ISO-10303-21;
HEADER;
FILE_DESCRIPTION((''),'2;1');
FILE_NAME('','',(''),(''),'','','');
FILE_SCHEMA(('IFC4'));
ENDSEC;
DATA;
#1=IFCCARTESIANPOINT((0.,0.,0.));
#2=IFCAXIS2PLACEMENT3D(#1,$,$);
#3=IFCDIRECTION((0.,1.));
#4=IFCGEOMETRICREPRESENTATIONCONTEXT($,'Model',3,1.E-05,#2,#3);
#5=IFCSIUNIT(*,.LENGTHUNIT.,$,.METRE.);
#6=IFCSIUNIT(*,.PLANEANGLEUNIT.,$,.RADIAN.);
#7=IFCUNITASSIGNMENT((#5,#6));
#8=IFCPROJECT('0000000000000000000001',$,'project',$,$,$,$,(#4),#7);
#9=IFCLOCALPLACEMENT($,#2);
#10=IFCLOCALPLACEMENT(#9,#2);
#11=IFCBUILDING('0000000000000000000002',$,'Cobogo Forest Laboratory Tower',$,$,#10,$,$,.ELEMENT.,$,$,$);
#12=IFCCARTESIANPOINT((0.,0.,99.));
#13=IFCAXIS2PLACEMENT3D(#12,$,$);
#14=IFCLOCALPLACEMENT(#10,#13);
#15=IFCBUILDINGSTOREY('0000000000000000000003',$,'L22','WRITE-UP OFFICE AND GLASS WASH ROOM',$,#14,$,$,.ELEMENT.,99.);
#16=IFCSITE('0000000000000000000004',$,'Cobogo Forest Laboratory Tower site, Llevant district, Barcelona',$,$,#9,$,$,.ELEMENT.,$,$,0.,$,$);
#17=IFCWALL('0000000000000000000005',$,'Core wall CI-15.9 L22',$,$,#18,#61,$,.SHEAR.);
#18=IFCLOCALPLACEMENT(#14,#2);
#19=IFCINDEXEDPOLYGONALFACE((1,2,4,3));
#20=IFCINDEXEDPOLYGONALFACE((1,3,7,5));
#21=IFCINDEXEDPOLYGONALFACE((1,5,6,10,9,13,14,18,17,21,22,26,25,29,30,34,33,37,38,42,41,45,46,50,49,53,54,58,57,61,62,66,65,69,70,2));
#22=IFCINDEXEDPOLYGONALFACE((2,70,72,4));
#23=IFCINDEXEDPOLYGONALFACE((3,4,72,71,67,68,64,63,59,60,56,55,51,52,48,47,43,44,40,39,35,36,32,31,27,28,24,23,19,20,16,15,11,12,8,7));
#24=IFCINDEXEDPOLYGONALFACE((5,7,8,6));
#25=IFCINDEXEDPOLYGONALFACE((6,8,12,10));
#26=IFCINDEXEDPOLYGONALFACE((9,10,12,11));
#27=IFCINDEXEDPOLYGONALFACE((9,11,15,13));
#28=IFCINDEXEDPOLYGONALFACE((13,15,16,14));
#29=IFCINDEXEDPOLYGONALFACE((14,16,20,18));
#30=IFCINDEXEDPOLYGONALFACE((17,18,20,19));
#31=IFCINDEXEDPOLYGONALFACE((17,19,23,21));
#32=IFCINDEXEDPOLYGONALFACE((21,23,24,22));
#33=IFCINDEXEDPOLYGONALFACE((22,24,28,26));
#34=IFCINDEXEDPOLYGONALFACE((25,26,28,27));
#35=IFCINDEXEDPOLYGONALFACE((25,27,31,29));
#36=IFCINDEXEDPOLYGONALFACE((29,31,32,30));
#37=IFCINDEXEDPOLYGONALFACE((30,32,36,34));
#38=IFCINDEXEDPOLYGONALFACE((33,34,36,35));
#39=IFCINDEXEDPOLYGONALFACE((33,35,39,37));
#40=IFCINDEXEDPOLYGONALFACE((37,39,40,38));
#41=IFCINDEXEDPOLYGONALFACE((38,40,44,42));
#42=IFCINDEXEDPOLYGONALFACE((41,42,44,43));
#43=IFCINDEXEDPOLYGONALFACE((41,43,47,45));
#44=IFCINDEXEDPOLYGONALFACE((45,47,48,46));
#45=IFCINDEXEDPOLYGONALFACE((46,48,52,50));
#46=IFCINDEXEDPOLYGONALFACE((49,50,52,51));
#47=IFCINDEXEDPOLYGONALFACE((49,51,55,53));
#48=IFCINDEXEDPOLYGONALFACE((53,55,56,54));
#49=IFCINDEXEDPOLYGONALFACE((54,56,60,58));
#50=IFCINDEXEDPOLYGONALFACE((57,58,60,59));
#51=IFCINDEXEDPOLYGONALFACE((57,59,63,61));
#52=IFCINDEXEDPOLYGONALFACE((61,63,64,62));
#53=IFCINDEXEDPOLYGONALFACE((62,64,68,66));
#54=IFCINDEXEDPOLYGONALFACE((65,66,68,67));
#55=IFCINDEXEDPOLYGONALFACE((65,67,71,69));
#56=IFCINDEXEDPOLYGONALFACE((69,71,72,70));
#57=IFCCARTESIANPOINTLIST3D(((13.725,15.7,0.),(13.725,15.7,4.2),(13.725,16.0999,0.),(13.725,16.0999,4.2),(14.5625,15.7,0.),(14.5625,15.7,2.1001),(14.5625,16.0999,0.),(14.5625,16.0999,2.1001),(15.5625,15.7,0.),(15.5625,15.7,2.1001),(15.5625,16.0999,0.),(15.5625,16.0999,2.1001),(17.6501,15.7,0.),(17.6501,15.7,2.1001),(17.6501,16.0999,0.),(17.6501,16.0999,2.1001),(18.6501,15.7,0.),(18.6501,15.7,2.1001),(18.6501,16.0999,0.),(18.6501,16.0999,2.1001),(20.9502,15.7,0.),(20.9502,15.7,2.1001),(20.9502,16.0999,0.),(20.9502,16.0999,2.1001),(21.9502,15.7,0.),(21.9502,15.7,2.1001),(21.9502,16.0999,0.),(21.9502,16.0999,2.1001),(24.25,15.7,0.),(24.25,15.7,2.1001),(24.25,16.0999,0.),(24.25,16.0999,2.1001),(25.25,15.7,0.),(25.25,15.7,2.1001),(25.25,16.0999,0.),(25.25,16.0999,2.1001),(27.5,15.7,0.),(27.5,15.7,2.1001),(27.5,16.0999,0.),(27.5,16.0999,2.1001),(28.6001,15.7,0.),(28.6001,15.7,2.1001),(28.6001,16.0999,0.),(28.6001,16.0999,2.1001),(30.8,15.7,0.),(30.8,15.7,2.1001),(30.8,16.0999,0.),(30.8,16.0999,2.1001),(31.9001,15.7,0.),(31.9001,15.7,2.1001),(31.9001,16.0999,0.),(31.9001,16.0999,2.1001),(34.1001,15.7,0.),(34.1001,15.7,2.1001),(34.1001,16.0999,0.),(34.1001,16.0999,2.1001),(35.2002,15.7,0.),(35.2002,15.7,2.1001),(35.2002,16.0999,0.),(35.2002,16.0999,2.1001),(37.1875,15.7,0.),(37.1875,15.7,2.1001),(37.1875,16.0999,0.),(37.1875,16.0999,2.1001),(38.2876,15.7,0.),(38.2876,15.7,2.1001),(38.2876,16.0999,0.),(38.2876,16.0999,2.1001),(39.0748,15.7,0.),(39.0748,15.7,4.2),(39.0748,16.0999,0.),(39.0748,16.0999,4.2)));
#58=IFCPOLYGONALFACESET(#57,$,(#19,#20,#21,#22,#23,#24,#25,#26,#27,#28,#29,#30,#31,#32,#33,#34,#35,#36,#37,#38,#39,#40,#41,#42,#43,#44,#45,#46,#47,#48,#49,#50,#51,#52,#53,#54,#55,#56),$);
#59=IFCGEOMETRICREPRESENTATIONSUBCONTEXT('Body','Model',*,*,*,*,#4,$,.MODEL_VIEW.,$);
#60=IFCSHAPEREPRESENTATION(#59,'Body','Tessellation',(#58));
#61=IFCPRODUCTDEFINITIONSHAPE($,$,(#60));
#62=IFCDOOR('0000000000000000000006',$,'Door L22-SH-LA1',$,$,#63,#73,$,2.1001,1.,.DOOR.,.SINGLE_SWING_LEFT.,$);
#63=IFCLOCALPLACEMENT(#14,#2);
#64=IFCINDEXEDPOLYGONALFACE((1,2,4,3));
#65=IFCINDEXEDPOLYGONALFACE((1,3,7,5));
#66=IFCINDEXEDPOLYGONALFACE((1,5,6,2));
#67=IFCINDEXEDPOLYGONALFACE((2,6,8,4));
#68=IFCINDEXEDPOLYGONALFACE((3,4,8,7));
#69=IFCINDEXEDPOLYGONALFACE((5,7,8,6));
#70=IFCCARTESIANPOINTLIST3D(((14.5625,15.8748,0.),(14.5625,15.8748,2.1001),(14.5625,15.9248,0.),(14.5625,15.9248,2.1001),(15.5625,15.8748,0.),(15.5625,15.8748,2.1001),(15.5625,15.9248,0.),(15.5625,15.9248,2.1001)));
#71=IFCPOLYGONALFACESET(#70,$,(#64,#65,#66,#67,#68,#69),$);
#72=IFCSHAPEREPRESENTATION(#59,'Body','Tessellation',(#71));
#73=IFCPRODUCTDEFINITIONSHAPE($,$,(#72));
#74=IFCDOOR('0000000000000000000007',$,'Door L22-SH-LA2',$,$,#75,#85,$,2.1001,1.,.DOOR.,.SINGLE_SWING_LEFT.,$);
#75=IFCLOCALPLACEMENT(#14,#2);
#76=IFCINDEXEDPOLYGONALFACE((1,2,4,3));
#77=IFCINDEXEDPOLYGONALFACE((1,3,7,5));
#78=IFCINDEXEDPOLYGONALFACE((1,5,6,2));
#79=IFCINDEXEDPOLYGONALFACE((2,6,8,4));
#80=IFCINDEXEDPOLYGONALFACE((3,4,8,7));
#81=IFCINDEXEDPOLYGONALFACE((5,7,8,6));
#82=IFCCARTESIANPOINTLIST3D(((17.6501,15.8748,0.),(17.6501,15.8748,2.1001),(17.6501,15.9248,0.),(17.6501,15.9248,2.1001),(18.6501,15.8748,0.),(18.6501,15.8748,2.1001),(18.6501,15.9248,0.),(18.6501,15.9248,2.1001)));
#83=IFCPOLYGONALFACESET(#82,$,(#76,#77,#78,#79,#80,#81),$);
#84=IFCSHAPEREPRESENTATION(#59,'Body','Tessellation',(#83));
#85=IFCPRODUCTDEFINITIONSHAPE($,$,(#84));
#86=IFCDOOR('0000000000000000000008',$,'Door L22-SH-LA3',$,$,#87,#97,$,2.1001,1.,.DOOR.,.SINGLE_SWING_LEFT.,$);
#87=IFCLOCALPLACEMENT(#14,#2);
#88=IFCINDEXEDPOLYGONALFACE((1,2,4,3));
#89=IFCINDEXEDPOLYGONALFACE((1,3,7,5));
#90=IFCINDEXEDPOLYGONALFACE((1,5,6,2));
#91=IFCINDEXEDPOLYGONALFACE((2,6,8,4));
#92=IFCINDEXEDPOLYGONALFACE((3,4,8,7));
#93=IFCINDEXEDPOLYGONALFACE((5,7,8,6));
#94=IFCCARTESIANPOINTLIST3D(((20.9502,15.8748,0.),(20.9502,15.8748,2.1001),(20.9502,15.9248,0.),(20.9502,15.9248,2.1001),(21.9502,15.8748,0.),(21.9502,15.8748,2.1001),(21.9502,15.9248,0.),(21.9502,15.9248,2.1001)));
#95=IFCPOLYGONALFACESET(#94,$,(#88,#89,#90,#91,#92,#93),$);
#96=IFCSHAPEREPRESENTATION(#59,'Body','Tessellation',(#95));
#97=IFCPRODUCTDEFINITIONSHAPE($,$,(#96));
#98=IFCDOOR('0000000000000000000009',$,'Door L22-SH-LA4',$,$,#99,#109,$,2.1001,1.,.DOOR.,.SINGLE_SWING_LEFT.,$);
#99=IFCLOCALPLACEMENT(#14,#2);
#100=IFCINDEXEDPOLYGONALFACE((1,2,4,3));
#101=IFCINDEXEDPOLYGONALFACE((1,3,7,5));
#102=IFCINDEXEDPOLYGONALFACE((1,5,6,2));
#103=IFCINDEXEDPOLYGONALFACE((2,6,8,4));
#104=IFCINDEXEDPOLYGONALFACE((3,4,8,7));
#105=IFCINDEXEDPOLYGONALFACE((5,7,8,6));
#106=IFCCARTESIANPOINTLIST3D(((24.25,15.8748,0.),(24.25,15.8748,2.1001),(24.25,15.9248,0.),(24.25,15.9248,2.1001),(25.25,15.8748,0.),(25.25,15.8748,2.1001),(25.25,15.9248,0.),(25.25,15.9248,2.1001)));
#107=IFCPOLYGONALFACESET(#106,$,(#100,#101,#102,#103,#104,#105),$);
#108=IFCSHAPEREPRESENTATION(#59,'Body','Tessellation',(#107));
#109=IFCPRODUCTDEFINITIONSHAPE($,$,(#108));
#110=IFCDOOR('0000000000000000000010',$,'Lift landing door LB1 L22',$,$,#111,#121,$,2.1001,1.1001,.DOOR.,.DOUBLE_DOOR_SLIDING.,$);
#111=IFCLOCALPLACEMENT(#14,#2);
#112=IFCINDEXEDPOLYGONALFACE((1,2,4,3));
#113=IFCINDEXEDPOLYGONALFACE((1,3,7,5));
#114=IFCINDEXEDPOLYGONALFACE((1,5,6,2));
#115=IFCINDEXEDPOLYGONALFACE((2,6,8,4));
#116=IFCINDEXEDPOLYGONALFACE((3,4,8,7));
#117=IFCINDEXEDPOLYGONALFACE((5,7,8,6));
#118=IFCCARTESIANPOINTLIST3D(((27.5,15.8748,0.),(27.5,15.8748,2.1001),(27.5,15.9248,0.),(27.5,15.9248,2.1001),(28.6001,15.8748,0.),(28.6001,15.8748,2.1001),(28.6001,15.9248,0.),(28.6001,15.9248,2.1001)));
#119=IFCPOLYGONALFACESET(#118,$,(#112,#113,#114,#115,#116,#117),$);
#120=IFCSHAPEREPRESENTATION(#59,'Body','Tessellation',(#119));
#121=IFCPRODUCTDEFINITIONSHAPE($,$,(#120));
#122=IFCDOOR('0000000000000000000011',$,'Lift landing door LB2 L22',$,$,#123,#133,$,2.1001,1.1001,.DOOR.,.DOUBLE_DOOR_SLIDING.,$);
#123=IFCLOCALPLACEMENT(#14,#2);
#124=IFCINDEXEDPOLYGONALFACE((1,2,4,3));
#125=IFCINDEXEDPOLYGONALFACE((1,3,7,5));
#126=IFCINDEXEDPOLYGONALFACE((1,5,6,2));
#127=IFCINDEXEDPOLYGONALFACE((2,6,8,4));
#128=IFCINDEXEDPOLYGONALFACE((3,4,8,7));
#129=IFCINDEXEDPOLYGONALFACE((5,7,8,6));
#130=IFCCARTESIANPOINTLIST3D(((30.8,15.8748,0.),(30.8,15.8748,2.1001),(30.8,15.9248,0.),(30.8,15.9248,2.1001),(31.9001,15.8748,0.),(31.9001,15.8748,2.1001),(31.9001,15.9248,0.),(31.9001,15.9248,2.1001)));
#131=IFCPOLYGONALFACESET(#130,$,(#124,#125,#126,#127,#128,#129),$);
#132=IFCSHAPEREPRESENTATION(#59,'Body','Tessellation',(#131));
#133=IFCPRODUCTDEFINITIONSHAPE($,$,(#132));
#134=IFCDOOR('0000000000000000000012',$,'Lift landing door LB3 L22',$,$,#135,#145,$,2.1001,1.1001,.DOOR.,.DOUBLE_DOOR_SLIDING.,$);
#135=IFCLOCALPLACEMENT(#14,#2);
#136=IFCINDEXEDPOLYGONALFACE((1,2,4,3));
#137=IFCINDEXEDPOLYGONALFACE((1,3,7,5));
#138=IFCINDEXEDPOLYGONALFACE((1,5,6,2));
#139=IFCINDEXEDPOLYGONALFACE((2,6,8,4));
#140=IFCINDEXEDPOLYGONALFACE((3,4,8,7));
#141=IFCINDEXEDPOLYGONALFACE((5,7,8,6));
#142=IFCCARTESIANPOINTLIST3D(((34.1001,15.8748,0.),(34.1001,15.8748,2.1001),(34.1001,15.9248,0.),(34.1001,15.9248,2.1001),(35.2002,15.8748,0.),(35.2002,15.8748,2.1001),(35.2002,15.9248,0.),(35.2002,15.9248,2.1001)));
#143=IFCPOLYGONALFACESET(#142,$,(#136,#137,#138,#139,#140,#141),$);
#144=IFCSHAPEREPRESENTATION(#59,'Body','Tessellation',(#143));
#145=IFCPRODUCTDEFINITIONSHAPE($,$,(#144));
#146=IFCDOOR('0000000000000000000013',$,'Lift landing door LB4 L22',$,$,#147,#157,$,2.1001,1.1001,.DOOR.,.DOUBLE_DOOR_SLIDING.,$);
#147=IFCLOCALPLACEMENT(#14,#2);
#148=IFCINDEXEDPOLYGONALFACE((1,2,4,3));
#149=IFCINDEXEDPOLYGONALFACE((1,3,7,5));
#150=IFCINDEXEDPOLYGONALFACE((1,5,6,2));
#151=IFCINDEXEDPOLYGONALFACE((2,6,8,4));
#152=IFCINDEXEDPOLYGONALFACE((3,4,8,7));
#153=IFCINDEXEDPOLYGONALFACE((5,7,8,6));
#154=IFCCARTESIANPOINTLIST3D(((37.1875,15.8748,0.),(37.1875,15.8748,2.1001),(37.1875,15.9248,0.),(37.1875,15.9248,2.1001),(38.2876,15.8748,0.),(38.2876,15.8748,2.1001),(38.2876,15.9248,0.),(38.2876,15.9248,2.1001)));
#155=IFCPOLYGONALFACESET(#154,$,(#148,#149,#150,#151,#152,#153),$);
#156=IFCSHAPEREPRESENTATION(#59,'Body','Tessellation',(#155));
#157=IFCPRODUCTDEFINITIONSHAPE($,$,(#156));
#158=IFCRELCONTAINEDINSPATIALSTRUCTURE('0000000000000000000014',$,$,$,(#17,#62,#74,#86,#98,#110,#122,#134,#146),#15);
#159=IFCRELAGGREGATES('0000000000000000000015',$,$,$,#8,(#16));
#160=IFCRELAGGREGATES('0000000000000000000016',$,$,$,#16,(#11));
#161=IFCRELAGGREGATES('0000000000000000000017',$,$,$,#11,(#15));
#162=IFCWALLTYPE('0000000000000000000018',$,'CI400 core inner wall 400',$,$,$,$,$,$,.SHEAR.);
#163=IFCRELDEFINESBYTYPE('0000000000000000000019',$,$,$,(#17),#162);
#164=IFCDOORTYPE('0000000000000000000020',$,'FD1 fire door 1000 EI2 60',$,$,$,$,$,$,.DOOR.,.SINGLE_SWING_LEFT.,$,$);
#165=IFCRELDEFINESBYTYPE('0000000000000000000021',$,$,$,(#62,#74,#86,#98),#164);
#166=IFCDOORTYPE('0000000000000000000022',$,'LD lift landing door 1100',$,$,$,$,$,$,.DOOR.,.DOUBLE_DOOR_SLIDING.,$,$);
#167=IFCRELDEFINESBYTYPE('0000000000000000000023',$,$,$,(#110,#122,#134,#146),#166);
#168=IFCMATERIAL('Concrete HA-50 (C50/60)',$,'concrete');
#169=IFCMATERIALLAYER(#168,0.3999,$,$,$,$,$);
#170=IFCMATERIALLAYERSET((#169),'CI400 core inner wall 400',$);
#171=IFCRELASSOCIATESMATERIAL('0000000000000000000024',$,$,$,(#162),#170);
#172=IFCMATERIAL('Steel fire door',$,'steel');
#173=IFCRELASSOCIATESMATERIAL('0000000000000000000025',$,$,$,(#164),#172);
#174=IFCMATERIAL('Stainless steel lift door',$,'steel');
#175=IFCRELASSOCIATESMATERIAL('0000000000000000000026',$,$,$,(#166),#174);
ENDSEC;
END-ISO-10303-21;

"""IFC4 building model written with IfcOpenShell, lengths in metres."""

from ifc_helpers import new_model, si_unit, direction, frame, frame_2d, origin, place, context, subcontext, project, spatial, rectangle, extrude, material, layer, layer_set, type_object, element, fill, save


model = new_model("IFC4")

# Units and contexts
model_context = context("Model", 3, precision=1e-05, world=origin(), true_north=direction((0.0, 1.0)))
body_context = subcontext(model_context, "Body", "Model", "MODEL_VIEW")
ifc_project = project(units=[si_unit("LENGTHUNIT", "METRE"), si_unit("PLANEANGLEUNIT", "RADIAN")], contexts=[model_context])

# Site, building, storey
site_placement = place(None, origin())
site = spatial("IfcSite", under=ifc_project, at=site_placement, Name="Cobogo Forest Laboratory Tower site, Llevant district, Barcelona", CompositionType="ELEMENT", RefElevation=0.0)
building_placement = place(site_placement, origin())
building = spatial("IfcBuilding", under=site, at=building_placement, Name="Cobogo Forest Laboratory Tower", CompositionType="ELEMENT")
storey_placement = place(building_placement, frame((0.0, 0.0, 99.0)))
storey = spatial("IfcBuildingStorey", under=building, at=storey_placement, Name="L22", Description="WRITE-UP OFFICE AND GLASS WASH ROOM", CompositionType="ELEMENT", Elevation=99.0)

# Wall, openings, doors
ifc_material_1 = material(Name="Concrete HA-50 (C50/60)", Category="concrete")
ifc_layer_1 = layer(ifc_material_1, 0.3999)
ifc_layer_set_1 = layer_set([ifc_layer_1], Name="CI400 core inner wall 400")
wall_type_1 = type_object("IfcWallType", Name="CI400 core inner wall 400", PredefinedType="SHEAR", material=ifc_layer_set_1)
wall_1_placement = place(storey_placement, frame((13.7251, 15.8999, 0.0), z_axis=(0.0, 0.0, 1.0), x_axis=(1.0, 0.0, 0.0)))
wall_1 = element("IfcWall", 1, at=wall_1_placement, inside=storey, type_object=wall_type_1, Name="Core wall CI-15.9 L22", PredefinedType="SHEAR", context=body_context, shape_type="SweptSolid", body=[
    extrude(rectangle(XDim=25.3499, YDim=0.3999, at=frame_2d((12.6748, 0.0))), origin(), (0.0, 0.0, 1.0), 4.2),
])
opening_1_placement = place(wall_1_placement, frame((0.8374, 0.0, 0.0)))
opening_1 = element("IfcOpeningElement", 2, at=opening_1_placement, cuts=wall_1, PredefinedType="OPENING", context=body_context, shape_type="SweptSolid", body=[
    extrude(rectangle(XDim=1.0, YDim=2.1001, at=frame_2d((0.5, 1.05))), frame((0.0, 0.21, 0.0), z_axis=(0.0, -1.0, 0.0), x_axis=(1.0, 0.0, 0.0)), (0.0, 0.0, 1.0), 0.4199),
])
opening_2_placement = place(wall_1_placement, frame((3.925, 0.0, 0.0)))
opening_2 = element("IfcOpeningElement", 3, at=opening_2_placement, cuts=wall_1, PredefinedType="OPENING", context=body_context, shape_type="SweptSolid", body=[
    extrude(rectangle(XDim=1.0, YDim=2.1001, at=frame_2d((0.5, 1.05))), frame((0.0, 0.21, 0.0), z_axis=(0.0, -1.0, 0.0), x_axis=(1.0, 0.0, 0.0)), (0.0, 0.0, 1.0), 0.4199),
])
opening_3_placement = place(wall_1_placement, frame((7.2251, 0.0, 0.0)))
opening_3 = element("IfcOpeningElement", 4, at=opening_3_placement, cuts=wall_1, PredefinedType="OPENING", context=body_context, shape_type="SweptSolid", body=[
    extrude(rectangle(XDim=1.0, YDim=2.1001, at=frame_2d((0.5, 1.05))), frame((0.0, 0.21, 0.0), z_axis=(0.0, -1.0, 0.0), x_axis=(1.0, 0.0, 0.0)), (0.0, 0.0, 1.0), 0.4199),
])
opening_4_placement = place(wall_1_placement, frame((10.5249, 0.0, 0.0)))
opening_4 = element("IfcOpeningElement", 5, at=opening_4_placement, cuts=wall_1, PredefinedType="OPENING", context=body_context, shape_type="SweptSolid", body=[
    extrude(rectangle(XDim=1.0, YDim=2.1001, at=frame_2d((0.5, 1.05))), frame((0.0, 0.21, 0.0), z_axis=(0.0, -1.0, 0.0), x_axis=(1.0, 0.0, 0.0)), (0.0, 0.0, 1.0), 0.4199),
])
opening_5_placement = place(wall_1_placement, frame((13.7749, 0.0, 0.0)))
opening_5 = element("IfcOpeningElement", 6, at=opening_5_placement, cuts=wall_1, PredefinedType="OPENING", context=body_context, shape_type="SweptSolid", body=[
    extrude(rectangle(XDim=1.1001, YDim=2.1001, at=frame_2d((0.55, 1.05))), frame((0.0, 0.21, 0.0), z_axis=(0.0, -1.0, 0.0), x_axis=(1.0, 0.0, 0.0)), (0.0, 0.0, 1.0), 0.4199),
])
opening_6_placement = place(wall_1_placement, frame((17.075, 0.0, 0.0)))
opening_6 = element("IfcOpeningElement", 7, at=opening_6_placement, cuts=wall_1, PredefinedType="OPENING", context=body_context, shape_type="SweptSolid", body=[
    extrude(rectangle(XDim=1.1001, YDim=2.1001, at=frame_2d((0.55, 1.05))), frame((0.0, 0.21, 0.0), z_axis=(0.0, -1.0, 0.0), x_axis=(1.0, 0.0, 0.0)), (0.0, 0.0, 1.0), 0.4199),
])
opening_7_placement = place(wall_1_placement, frame((20.375, 0.0, 0.0)))
opening_7 = element("IfcOpeningElement", 8, at=opening_7_placement, cuts=wall_1, PredefinedType="OPENING", context=body_context, shape_type="SweptSolid", body=[
    extrude(rectangle(XDim=1.1001, YDim=2.1001, at=frame_2d((0.55, 1.05))), frame((0.0, 0.21, 0.0), z_axis=(0.0, -1.0, 0.0), x_axis=(1.0, 0.0, 0.0)), (0.0, 0.0, 1.0), 0.4199),
])
opening_8_placement = place(wall_1_placement, frame((23.4624, 0.0, 0.0)))
opening_8 = element("IfcOpeningElement", 9, at=opening_8_placement, cuts=wall_1, PredefinedType="OPENING", context=body_context, shape_type="SweptSolid", body=[
    extrude(rectangle(XDim=1.1001, YDim=2.1001, at=frame_2d((0.55, 1.05))), frame((0.0, 0.21, 0.0), z_axis=(0.0, -1.0, 0.0), x_axis=(1.0, 0.0, 0.0)), (0.0, 0.0, 1.0), 0.4199),
])
ifc_material_2 = material(Name="Steel fire door", Category="steel")
door_type_1 = type_object("IfcDoorType", Name="FD1 fire door 1000 EI2 60", OperationType="SINGLE_SWING_LEFT", PredefinedType="DOOR", material=ifc_material_2)
door_1_placement = place(opening_1_placement, origin())
door_1 = element("IfcDoor", 10, at=door_1_placement, inside=storey, type_object=door_type_1, Name="Door L22-SH-LA1", OperationType="SINGLE_SWING_LEFT", OverallHeight=2.1001, OverallWidth=1.0, PredefinedType="DOOR", context=body_context, shape_type="SweptSolid", body=[
    extrude(rectangle(XDim=1.0, YDim=2.1001, at=frame_2d((0.5, 1.05))), frame((0.0, 0.0249, 0.0), z_axis=(0.0, -1.0, 0.0), x_axis=(1.0, 0.0, 0.0)), (0.0, 0.0, 1.0), 0.05),
])
fill(opening_1, door_1)
door_2_placement = place(opening_2_placement, origin())
door_2 = element("IfcDoor", 11, at=door_2_placement, inside=storey, type_object=door_type_1, Name="Door L22-SH-LA2", OperationType="SINGLE_SWING_LEFT", OverallHeight=2.1001, OverallWidth=1.0, PredefinedType="DOOR", context=body_context, shape_type="SweptSolid", body=[
    extrude(rectangle(XDim=1.0, YDim=2.1001, at=frame_2d((0.5, 1.05))), frame((0.0, 0.0249, 0.0), z_axis=(0.0, -1.0, 0.0), x_axis=(1.0, 0.0, 0.0)), (0.0, 0.0, 1.0), 0.05),
])
fill(opening_2, door_2)
door_3_placement = place(opening_3_placement, origin())
door_3 = element("IfcDoor", 12, at=door_3_placement, inside=storey, type_object=door_type_1, Name="Door L22-SH-LA3", OperationType="SINGLE_SWING_LEFT", OverallHeight=2.1001, OverallWidth=1.0, PredefinedType="DOOR", context=body_context, shape_type="SweptSolid", body=[
    extrude(rectangle(XDim=1.0, YDim=2.1001, at=frame_2d((0.5, 1.05))), frame((0.0, 0.0249, 0.0), z_axis=(0.0, -1.0, 0.0), x_axis=(1.0, 0.0, 0.0)), (0.0, 0.0, 1.0), 0.05),
])
fill(opening_3, door_3)
door_4_placement = place(opening_4_placement, origin())
door_4 = element("IfcDoor", 13, at=door_4_placement, inside=storey, type_object=door_type_1, Name="Door L22-SH-LA4", OperationType="SINGLE_SWING_LEFT", OverallHeight=2.1001, OverallWidth=1.0, PredefinedType="DOOR", context=body_context, shape_type="SweptSolid", body=[
    extrude(rectangle(XDim=1.0, YDim=2.1001, at=frame_2d((0.5, 1.05))), frame((0.0, 0.0249, 0.0), z_axis=(0.0, -1.0, 0.0), x_axis=(1.0, 0.0, 0.0)), (0.0, 0.0, 1.0), 0.05),
])
fill(opening_4, door_4)
ifc_material_3 = material(Name="Stainless steel lift door", Category="steel")
door_type_2 = type_object("IfcDoorType", Name="LD lift landing door 1100", OperationType="DOUBLE_DOOR_SLIDING", PredefinedType="DOOR", material=ifc_material_3)
door_5_placement = place(opening_5_placement, origin())
door_5 = element("IfcDoor", 14, at=door_5_placement, inside=storey, type_object=door_type_2, Name="Lift landing door LB1 L22", OperationType="DOUBLE_DOOR_SLIDING", OverallHeight=2.1001, OverallWidth=1.1001, PredefinedType="DOOR", context=body_context, shape_type="SweptSolid", body=[
    extrude(rectangle(XDim=1.1001, YDim=2.1001, at=frame_2d((0.55, 1.05))), frame((0.0, 0.0249, 0.0), z_axis=(0.0, -1.0, 0.0), x_axis=(1.0, 0.0, 0.0)), (0.0, 0.0, 1.0), 0.05),
])
fill(opening_5, door_5)
door_6_placement = place(opening_6_placement, origin())
door_6 = element("IfcDoor", 15, at=door_6_placement, inside=storey, type_object=door_type_2, Name="Lift landing door LB2 L22", OperationType="DOUBLE_DOOR_SLIDING", OverallHeight=2.1001, OverallWidth=1.1001, PredefinedType="DOOR", context=body_context, shape_type="SweptSolid", body=[
    extrude(rectangle(XDim=1.1001, YDim=2.1001, at=frame_2d((0.55, 1.05))), frame((0.0, 0.0249, 0.0), z_axis=(0.0, -1.0, 0.0), x_axis=(1.0, 0.0, 0.0)), (0.0, 0.0, 1.0), 0.05),
])
fill(opening_6, door_6)
door_7_placement = place(opening_7_placement, origin())
door_7 = element("IfcDoor", 16, at=door_7_placement, inside=storey, type_object=door_type_2, Name="Lift landing door LB3 L22", OperationType="DOUBLE_DOOR_SLIDING", OverallHeight=2.1001, OverallWidth=1.1001, PredefinedType="DOOR", context=body_context, shape_type="SweptSolid", body=[
    extrude(rectangle(XDim=1.1001, YDim=2.1001, at=frame_2d((0.55, 1.05))), frame((0.0, 0.0249, 0.0), z_axis=(0.0, -1.0, 0.0), x_axis=(1.0, 0.0, 0.0)), (0.0, 0.0, 1.0), 0.05),
])
fill(opening_7, door_7)
door_8_placement = place(opening_8_placement, origin())
door_8 = element("IfcDoor", 17, at=door_8_placement, inside=storey, type_object=door_type_2, Name="Lift landing door LB4 L22", OperationType="DOUBLE_DOOR_SLIDING", OverallHeight=2.1001, OverallWidth=1.1001, PredefinedType="DOOR", context=body_context, shape_type="SweptSolid", body=[
    extrude(rectangle(XDim=1.1001, YDim=2.1001, at=frame_2d((0.55, 1.05))), frame((0.0, 0.0249, 0.0), z_axis=(0.0, -1.0, 0.0), x_axis=(1.0, 0.0, 0.0)), (0.0, 0.0, 1.0), 0.05),
])
fill(opening_8, door_8)

save(model, "model.ifc")
